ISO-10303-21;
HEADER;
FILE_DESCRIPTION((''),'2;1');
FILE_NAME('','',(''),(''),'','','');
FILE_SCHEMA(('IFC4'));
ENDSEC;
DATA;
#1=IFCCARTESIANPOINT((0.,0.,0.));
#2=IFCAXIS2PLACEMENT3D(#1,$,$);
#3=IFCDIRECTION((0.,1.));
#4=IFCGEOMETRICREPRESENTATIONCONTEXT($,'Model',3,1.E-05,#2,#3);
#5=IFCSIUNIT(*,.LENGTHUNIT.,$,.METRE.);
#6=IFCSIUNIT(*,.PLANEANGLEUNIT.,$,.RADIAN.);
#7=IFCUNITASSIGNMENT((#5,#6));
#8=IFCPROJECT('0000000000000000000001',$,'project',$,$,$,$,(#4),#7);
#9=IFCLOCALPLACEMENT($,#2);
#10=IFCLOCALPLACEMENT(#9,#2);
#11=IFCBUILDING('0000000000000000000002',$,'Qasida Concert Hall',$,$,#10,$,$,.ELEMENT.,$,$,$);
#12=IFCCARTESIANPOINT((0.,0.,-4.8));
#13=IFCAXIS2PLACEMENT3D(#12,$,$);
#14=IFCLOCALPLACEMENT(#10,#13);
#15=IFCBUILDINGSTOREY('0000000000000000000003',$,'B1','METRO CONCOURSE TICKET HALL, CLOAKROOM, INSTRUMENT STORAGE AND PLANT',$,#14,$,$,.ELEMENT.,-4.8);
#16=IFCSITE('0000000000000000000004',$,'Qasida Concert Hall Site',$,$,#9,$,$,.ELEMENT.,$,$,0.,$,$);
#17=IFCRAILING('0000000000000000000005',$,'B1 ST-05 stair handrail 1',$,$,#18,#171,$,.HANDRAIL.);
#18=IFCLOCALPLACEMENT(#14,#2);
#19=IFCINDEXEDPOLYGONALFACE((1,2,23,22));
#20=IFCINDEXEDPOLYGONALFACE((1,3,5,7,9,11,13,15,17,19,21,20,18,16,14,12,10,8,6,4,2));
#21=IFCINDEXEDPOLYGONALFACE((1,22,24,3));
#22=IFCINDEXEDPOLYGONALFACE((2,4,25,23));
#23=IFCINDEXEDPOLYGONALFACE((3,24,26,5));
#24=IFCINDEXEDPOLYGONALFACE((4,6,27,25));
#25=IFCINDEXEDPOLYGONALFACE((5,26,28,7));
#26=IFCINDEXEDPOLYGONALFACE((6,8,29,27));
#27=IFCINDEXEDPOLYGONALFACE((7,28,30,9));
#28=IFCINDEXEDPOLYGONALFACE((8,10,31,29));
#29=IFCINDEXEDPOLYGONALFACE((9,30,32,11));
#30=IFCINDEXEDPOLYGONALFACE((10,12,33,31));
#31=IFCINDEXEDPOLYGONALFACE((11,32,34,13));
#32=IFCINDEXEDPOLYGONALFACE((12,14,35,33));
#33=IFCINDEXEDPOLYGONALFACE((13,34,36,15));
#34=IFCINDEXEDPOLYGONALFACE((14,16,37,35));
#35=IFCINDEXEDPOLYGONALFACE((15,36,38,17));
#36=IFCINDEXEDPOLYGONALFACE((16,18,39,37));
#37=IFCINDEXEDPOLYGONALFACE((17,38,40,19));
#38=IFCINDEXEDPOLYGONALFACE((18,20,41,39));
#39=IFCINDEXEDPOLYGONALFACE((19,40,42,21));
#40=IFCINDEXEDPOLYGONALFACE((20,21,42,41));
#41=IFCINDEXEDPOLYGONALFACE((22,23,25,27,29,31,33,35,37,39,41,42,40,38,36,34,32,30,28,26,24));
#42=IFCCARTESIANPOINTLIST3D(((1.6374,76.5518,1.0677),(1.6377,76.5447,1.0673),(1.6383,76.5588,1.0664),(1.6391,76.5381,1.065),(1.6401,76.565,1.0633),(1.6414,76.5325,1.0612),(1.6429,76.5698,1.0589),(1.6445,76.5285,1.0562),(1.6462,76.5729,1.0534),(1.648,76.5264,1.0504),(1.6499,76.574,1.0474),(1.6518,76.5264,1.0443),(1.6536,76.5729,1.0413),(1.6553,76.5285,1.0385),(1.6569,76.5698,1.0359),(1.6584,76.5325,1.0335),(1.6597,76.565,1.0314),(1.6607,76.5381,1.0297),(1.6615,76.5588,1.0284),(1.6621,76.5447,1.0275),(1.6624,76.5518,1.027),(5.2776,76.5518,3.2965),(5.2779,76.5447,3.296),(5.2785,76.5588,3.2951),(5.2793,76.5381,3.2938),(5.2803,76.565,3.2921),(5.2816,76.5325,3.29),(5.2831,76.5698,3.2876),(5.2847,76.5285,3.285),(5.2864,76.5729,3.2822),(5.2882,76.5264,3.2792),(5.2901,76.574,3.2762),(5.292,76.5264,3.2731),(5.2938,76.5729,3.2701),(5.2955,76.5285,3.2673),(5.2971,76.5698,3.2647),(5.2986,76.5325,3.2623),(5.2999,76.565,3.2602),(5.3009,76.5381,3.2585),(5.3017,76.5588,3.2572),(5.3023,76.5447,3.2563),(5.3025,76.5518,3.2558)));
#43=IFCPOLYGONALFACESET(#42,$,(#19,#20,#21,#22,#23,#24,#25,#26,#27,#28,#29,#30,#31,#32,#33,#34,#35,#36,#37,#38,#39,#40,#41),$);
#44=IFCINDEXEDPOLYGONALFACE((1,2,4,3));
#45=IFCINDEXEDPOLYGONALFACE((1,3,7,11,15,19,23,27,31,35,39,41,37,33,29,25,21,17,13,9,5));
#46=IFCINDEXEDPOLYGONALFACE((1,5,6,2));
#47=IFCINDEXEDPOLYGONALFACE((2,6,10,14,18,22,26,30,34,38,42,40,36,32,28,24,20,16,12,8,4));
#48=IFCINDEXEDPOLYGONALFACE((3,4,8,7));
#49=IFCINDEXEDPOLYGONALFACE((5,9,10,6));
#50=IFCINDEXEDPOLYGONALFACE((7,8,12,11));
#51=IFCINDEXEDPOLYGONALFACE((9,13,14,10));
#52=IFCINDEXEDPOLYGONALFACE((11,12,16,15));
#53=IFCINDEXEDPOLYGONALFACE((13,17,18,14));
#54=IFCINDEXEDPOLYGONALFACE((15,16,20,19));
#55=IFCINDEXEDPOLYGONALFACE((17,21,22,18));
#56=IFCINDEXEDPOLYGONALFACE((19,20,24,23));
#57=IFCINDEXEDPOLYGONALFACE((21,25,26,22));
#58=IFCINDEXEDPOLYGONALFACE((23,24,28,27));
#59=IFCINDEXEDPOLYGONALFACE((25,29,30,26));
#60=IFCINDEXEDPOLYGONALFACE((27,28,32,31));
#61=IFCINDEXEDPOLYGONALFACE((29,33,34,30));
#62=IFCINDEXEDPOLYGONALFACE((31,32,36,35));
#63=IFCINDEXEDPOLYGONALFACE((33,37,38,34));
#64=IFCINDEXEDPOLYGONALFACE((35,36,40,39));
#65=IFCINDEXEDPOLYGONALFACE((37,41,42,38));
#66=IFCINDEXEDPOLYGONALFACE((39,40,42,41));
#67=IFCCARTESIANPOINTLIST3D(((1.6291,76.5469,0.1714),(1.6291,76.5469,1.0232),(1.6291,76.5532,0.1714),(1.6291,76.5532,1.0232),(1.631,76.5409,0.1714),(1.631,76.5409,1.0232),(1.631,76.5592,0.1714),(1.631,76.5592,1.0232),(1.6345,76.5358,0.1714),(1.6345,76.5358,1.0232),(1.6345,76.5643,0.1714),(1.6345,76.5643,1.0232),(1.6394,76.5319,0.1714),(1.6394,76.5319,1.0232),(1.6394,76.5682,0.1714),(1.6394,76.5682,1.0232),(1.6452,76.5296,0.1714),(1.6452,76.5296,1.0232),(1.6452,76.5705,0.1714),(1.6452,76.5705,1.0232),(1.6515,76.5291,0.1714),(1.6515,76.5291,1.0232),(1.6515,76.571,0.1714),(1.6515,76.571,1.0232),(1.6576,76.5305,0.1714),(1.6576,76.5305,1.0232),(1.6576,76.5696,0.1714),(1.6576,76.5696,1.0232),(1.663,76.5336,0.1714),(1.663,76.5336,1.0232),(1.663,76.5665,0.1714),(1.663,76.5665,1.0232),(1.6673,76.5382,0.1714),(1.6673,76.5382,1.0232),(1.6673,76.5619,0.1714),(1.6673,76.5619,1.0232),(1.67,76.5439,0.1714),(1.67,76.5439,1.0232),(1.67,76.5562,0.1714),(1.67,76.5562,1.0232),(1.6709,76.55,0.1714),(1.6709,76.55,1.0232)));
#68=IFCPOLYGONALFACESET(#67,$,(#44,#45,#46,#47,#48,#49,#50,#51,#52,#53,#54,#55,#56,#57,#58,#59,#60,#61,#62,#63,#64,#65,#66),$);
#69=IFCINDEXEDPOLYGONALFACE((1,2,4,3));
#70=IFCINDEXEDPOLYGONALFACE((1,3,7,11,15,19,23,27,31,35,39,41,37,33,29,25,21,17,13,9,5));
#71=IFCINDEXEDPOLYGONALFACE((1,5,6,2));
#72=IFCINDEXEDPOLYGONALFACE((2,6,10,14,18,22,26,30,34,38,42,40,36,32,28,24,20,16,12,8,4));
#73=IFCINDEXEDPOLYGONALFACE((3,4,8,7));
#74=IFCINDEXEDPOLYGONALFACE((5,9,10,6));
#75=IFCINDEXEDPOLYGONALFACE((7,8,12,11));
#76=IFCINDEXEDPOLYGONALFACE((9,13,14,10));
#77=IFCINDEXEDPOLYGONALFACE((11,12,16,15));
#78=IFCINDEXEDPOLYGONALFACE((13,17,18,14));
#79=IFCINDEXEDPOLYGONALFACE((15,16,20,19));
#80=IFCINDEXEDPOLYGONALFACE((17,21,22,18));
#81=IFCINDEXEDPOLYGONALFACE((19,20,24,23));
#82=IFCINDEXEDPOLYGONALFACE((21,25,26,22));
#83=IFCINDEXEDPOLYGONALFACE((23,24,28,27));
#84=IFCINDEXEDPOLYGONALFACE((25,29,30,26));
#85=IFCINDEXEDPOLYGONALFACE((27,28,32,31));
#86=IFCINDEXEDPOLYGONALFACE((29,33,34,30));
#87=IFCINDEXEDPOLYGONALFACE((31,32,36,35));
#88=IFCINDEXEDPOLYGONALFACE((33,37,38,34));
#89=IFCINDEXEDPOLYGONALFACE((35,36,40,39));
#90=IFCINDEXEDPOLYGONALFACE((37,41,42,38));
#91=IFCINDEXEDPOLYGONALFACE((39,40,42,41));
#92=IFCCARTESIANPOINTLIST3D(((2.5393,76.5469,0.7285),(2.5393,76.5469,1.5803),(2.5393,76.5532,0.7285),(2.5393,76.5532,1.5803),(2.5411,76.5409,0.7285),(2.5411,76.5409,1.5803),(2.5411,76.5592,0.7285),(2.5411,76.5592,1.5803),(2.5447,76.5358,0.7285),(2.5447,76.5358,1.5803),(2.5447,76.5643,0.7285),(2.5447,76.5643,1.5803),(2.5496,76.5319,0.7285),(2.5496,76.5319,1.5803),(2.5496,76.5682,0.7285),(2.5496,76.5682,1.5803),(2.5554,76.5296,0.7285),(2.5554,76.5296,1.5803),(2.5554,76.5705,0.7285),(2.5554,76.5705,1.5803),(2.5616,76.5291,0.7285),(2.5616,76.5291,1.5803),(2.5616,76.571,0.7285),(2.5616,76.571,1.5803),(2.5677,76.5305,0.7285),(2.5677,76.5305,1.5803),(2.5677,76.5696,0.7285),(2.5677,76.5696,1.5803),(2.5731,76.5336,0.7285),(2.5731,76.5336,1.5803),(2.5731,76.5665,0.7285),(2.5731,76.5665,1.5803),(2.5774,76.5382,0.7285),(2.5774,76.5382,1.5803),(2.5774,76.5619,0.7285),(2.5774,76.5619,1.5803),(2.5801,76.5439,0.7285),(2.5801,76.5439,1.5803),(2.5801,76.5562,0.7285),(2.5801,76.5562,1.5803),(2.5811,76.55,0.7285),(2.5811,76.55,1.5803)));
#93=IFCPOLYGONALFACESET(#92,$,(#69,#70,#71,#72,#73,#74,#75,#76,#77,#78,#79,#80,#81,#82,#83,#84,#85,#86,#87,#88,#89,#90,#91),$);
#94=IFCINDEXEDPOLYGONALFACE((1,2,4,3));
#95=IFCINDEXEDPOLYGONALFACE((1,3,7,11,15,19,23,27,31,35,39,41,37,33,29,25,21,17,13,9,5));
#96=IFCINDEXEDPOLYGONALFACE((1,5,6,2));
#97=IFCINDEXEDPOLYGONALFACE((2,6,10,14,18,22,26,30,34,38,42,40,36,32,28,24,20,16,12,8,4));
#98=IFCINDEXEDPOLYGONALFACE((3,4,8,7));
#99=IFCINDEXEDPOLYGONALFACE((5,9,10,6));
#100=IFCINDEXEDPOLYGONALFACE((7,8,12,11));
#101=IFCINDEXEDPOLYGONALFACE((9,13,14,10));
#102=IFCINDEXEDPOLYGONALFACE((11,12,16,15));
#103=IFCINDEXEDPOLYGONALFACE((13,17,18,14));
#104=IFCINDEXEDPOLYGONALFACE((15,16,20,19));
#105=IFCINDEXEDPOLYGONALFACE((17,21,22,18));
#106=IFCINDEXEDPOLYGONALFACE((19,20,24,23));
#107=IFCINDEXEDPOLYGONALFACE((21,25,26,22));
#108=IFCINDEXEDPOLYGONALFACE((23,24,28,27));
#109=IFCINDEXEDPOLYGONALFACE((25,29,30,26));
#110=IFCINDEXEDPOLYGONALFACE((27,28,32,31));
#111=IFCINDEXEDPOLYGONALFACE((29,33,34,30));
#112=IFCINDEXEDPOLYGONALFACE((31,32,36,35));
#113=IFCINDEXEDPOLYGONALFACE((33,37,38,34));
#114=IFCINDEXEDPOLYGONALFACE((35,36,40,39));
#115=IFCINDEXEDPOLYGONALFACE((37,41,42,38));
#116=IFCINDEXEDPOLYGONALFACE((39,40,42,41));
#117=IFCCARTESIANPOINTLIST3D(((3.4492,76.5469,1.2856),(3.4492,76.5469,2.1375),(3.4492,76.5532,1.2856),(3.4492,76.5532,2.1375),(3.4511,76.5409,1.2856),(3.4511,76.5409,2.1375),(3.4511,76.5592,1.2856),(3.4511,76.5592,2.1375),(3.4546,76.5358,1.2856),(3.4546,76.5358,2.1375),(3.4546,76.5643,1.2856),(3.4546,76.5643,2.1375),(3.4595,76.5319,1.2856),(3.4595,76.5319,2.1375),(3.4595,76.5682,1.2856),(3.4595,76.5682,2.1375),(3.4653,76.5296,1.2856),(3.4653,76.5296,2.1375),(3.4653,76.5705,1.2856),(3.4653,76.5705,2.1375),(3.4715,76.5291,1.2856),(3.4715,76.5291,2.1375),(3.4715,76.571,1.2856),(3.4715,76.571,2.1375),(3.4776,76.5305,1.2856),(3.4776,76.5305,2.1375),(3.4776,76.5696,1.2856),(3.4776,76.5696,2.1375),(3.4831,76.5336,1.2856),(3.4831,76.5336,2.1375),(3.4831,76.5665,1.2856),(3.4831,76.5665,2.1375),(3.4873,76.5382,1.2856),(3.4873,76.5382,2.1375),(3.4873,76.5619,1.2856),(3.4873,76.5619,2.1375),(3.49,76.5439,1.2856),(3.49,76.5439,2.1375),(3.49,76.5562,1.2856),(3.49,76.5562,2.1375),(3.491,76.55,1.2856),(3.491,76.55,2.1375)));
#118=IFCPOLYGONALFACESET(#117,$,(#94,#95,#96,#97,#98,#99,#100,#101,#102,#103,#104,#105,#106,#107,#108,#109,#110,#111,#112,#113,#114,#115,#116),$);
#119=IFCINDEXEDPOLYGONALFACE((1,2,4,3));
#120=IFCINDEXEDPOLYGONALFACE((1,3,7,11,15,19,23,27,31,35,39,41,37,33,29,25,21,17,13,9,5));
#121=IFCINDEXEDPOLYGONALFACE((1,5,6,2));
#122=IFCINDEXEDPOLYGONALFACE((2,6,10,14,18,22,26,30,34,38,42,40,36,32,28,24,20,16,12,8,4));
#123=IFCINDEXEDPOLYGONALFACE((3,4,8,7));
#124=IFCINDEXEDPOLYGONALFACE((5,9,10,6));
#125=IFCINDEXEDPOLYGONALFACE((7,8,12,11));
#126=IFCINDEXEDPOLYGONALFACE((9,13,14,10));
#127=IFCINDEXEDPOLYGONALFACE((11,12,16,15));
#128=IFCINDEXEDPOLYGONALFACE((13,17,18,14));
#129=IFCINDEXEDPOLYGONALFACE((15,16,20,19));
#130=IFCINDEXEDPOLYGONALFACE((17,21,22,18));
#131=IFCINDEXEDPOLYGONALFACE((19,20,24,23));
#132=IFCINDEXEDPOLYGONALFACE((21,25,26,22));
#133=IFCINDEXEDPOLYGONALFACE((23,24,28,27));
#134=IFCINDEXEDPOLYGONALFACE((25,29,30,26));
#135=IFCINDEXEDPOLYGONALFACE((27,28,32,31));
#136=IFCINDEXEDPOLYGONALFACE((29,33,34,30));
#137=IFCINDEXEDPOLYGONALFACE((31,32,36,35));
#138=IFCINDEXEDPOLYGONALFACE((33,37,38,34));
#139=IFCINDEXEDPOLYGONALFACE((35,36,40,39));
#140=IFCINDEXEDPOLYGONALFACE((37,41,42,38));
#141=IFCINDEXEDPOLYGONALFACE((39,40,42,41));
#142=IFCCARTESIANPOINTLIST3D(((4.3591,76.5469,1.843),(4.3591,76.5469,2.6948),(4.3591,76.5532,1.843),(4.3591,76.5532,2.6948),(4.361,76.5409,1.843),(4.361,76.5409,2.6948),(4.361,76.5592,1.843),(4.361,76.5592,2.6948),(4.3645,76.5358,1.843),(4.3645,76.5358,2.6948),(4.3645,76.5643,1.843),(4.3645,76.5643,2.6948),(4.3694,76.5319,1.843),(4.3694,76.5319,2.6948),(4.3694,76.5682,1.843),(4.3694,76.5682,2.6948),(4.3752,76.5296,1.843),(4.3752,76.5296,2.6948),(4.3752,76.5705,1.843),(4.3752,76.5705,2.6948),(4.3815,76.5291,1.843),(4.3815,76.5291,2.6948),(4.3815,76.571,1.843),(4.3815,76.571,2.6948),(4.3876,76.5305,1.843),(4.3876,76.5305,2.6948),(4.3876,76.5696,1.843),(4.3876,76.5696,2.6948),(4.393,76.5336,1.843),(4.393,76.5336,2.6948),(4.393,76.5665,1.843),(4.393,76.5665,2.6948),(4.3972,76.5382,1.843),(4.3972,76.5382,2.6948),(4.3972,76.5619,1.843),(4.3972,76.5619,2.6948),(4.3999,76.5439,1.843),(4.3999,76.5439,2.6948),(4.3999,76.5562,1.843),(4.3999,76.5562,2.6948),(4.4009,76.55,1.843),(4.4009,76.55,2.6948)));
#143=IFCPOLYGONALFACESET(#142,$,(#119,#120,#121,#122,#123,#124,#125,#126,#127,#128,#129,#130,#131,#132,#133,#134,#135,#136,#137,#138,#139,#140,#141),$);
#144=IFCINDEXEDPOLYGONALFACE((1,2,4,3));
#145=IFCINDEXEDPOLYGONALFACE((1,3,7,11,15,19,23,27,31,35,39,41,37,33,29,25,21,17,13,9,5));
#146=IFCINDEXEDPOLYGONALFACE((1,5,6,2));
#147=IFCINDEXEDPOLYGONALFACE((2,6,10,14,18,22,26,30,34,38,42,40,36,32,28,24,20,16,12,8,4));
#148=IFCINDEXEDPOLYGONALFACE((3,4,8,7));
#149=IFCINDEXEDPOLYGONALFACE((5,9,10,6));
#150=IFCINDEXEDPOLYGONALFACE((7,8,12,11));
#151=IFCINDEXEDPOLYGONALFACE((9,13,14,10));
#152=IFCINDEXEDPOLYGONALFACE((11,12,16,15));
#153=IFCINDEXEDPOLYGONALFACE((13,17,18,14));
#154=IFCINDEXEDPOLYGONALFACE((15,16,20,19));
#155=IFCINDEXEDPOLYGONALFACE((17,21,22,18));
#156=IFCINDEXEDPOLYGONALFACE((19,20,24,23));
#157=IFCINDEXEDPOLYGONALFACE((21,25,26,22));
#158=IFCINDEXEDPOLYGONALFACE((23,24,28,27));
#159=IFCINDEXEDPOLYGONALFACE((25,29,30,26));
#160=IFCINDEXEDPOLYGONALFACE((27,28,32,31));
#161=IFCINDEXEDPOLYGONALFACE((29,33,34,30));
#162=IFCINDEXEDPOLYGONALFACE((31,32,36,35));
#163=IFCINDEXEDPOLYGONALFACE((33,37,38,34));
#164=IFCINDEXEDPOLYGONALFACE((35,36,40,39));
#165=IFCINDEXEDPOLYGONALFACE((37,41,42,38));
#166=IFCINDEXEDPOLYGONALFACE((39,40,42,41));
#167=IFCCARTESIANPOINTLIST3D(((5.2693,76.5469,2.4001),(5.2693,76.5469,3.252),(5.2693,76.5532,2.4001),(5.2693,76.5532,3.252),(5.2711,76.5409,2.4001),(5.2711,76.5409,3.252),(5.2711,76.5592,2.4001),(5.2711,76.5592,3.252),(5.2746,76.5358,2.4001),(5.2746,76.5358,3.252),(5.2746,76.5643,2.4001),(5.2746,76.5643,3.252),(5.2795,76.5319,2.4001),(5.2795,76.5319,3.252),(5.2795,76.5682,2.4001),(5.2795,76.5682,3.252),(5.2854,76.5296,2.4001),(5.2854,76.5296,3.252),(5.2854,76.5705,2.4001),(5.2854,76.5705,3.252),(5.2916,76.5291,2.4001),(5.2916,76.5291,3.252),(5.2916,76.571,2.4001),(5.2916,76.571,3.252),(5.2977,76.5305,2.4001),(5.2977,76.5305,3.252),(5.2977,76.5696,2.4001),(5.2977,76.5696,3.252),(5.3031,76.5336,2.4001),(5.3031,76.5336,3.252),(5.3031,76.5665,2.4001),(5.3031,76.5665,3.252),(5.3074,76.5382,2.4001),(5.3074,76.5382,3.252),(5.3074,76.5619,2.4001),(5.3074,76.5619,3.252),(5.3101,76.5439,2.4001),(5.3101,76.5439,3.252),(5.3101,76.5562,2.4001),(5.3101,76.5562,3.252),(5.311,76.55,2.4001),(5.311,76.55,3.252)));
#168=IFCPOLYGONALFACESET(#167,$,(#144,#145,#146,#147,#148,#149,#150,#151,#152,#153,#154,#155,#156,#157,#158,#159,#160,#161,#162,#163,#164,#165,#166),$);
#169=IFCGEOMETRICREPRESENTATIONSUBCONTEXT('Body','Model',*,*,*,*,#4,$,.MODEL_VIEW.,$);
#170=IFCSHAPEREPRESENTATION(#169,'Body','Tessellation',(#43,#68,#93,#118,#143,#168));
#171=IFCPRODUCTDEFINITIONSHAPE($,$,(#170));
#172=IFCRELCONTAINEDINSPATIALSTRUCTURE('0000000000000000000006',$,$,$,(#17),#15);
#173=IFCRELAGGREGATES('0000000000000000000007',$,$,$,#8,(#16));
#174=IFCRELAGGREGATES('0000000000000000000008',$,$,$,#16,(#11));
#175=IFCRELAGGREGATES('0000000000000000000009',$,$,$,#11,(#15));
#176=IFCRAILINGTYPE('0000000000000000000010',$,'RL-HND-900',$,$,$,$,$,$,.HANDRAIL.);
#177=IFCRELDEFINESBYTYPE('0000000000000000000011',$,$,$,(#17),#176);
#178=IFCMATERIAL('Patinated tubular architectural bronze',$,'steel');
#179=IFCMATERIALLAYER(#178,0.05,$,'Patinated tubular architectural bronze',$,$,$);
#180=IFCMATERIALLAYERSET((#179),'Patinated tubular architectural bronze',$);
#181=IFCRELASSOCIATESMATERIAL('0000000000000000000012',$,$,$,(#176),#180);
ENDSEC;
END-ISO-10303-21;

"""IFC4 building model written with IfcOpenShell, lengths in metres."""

from ifc_helpers import new_model, si_unit, direction, frame, origin, origin_2d, place, context, subcontext, project, spatial, circle, extrude, material, layer, layer_set, type_object, element, save


model = new_model("IFC4")

# Units and contexts
model_context = context("Model", 3, precision=1e-05, world=origin(), true_north=direction((0.0, 1.0)))
body_context = subcontext(model_context, "Body", "Model", "MODEL_VIEW")
ifc_project = project(units=[si_unit("LENGTHUNIT", "METRE"), si_unit("PLANEANGLEUNIT", "RADIAN")], contexts=[model_context])

# Site, building, storey
site_placement = place(None, origin())
site = spatial("IfcSite", under=ifc_project, at=site_placement, Name="Qasida Concert Hall Site", CompositionType="ELEMENT", RefElevation=0.0)
building_placement = place(site_placement, origin())
building = spatial("IfcBuilding", under=site, at=building_placement, Name="Qasida Concert Hall", CompositionType="ELEMENT")
storey_placement = place(building_placement, frame((0.0, 0.0, -4.8)))
storey = spatial("IfcBuildingStorey", under=building, at=storey_placement, Name="B1", Description="METRO CONCOURSE TICKET HALL, CLOAKROOM, INSTRUMENT STORAGE AND PLANT", CompositionType="ELEMENT", Elevation=-4.8)

# Railing
ifc_material_1 = material(Name="Patinated tubular architectural bronze", Category="steel")
ifc_layer_1 = layer(ifc_material_1, 0.05, Name="Patinated tubular architectural bronze")
ifc_layer_set_1 = layer_set([ifc_layer_1], Name="Patinated tubular architectural bronze")
railing_type_1 = type_object("IfcRailingType", Name="RL-HND-900", PredefinedType="HANDRAIL", material=ifc_layer_set_1)
railing_1_placement = place(storey_placement, frame((1.6499, 76.55, 0.1714)))
element("IfcRailing", 1, at=railing_1_placement, inside=storey, type_object=railing_type_1, Name="B1 ST-05 stair handrail 1", PredefinedType="HANDRAIL", context=body_context, shape_type="SweptSolid", body=[
    extrude(circle(Radius=0.0239, at=origin_2d()), frame((0.0, 0.0, 0.876), z_axis=(0.85284, 0.0, 0.522172), x_axis=(0.0, 1.0, 0.0)), (0.0, 0.0, 1.0), 4.2683),
    extrude(circle(Radius=0.021, at=origin_2d()), origin(), (0.0, 0.0, 1.0), 0.8518),
    extrude(circle(Radius=0.021, at=origin_2d()), frame((0.9102, 0.0, 0.5571)), (0.0, 0.0, 1.0), 0.8518),
    extrude(circle(Radius=0.021, at=origin_2d()), frame((1.8201, 0.0, 1.1143)), (0.0, 0.0, 1.0), 0.8518),
    extrude(circle(Radius=0.021, at=origin_2d()), frame((2.73, 0.0, 1.6716)), (0.0, 0.0, 1.0), 0.8518),
    extrude(circle(Radius=0.021, at=origin_2d()), frame((3.6401, 0.0, 2.2288)), (0.0, 0.0, 1.0), 0.8518),
])

save(model, "model.ifc")
